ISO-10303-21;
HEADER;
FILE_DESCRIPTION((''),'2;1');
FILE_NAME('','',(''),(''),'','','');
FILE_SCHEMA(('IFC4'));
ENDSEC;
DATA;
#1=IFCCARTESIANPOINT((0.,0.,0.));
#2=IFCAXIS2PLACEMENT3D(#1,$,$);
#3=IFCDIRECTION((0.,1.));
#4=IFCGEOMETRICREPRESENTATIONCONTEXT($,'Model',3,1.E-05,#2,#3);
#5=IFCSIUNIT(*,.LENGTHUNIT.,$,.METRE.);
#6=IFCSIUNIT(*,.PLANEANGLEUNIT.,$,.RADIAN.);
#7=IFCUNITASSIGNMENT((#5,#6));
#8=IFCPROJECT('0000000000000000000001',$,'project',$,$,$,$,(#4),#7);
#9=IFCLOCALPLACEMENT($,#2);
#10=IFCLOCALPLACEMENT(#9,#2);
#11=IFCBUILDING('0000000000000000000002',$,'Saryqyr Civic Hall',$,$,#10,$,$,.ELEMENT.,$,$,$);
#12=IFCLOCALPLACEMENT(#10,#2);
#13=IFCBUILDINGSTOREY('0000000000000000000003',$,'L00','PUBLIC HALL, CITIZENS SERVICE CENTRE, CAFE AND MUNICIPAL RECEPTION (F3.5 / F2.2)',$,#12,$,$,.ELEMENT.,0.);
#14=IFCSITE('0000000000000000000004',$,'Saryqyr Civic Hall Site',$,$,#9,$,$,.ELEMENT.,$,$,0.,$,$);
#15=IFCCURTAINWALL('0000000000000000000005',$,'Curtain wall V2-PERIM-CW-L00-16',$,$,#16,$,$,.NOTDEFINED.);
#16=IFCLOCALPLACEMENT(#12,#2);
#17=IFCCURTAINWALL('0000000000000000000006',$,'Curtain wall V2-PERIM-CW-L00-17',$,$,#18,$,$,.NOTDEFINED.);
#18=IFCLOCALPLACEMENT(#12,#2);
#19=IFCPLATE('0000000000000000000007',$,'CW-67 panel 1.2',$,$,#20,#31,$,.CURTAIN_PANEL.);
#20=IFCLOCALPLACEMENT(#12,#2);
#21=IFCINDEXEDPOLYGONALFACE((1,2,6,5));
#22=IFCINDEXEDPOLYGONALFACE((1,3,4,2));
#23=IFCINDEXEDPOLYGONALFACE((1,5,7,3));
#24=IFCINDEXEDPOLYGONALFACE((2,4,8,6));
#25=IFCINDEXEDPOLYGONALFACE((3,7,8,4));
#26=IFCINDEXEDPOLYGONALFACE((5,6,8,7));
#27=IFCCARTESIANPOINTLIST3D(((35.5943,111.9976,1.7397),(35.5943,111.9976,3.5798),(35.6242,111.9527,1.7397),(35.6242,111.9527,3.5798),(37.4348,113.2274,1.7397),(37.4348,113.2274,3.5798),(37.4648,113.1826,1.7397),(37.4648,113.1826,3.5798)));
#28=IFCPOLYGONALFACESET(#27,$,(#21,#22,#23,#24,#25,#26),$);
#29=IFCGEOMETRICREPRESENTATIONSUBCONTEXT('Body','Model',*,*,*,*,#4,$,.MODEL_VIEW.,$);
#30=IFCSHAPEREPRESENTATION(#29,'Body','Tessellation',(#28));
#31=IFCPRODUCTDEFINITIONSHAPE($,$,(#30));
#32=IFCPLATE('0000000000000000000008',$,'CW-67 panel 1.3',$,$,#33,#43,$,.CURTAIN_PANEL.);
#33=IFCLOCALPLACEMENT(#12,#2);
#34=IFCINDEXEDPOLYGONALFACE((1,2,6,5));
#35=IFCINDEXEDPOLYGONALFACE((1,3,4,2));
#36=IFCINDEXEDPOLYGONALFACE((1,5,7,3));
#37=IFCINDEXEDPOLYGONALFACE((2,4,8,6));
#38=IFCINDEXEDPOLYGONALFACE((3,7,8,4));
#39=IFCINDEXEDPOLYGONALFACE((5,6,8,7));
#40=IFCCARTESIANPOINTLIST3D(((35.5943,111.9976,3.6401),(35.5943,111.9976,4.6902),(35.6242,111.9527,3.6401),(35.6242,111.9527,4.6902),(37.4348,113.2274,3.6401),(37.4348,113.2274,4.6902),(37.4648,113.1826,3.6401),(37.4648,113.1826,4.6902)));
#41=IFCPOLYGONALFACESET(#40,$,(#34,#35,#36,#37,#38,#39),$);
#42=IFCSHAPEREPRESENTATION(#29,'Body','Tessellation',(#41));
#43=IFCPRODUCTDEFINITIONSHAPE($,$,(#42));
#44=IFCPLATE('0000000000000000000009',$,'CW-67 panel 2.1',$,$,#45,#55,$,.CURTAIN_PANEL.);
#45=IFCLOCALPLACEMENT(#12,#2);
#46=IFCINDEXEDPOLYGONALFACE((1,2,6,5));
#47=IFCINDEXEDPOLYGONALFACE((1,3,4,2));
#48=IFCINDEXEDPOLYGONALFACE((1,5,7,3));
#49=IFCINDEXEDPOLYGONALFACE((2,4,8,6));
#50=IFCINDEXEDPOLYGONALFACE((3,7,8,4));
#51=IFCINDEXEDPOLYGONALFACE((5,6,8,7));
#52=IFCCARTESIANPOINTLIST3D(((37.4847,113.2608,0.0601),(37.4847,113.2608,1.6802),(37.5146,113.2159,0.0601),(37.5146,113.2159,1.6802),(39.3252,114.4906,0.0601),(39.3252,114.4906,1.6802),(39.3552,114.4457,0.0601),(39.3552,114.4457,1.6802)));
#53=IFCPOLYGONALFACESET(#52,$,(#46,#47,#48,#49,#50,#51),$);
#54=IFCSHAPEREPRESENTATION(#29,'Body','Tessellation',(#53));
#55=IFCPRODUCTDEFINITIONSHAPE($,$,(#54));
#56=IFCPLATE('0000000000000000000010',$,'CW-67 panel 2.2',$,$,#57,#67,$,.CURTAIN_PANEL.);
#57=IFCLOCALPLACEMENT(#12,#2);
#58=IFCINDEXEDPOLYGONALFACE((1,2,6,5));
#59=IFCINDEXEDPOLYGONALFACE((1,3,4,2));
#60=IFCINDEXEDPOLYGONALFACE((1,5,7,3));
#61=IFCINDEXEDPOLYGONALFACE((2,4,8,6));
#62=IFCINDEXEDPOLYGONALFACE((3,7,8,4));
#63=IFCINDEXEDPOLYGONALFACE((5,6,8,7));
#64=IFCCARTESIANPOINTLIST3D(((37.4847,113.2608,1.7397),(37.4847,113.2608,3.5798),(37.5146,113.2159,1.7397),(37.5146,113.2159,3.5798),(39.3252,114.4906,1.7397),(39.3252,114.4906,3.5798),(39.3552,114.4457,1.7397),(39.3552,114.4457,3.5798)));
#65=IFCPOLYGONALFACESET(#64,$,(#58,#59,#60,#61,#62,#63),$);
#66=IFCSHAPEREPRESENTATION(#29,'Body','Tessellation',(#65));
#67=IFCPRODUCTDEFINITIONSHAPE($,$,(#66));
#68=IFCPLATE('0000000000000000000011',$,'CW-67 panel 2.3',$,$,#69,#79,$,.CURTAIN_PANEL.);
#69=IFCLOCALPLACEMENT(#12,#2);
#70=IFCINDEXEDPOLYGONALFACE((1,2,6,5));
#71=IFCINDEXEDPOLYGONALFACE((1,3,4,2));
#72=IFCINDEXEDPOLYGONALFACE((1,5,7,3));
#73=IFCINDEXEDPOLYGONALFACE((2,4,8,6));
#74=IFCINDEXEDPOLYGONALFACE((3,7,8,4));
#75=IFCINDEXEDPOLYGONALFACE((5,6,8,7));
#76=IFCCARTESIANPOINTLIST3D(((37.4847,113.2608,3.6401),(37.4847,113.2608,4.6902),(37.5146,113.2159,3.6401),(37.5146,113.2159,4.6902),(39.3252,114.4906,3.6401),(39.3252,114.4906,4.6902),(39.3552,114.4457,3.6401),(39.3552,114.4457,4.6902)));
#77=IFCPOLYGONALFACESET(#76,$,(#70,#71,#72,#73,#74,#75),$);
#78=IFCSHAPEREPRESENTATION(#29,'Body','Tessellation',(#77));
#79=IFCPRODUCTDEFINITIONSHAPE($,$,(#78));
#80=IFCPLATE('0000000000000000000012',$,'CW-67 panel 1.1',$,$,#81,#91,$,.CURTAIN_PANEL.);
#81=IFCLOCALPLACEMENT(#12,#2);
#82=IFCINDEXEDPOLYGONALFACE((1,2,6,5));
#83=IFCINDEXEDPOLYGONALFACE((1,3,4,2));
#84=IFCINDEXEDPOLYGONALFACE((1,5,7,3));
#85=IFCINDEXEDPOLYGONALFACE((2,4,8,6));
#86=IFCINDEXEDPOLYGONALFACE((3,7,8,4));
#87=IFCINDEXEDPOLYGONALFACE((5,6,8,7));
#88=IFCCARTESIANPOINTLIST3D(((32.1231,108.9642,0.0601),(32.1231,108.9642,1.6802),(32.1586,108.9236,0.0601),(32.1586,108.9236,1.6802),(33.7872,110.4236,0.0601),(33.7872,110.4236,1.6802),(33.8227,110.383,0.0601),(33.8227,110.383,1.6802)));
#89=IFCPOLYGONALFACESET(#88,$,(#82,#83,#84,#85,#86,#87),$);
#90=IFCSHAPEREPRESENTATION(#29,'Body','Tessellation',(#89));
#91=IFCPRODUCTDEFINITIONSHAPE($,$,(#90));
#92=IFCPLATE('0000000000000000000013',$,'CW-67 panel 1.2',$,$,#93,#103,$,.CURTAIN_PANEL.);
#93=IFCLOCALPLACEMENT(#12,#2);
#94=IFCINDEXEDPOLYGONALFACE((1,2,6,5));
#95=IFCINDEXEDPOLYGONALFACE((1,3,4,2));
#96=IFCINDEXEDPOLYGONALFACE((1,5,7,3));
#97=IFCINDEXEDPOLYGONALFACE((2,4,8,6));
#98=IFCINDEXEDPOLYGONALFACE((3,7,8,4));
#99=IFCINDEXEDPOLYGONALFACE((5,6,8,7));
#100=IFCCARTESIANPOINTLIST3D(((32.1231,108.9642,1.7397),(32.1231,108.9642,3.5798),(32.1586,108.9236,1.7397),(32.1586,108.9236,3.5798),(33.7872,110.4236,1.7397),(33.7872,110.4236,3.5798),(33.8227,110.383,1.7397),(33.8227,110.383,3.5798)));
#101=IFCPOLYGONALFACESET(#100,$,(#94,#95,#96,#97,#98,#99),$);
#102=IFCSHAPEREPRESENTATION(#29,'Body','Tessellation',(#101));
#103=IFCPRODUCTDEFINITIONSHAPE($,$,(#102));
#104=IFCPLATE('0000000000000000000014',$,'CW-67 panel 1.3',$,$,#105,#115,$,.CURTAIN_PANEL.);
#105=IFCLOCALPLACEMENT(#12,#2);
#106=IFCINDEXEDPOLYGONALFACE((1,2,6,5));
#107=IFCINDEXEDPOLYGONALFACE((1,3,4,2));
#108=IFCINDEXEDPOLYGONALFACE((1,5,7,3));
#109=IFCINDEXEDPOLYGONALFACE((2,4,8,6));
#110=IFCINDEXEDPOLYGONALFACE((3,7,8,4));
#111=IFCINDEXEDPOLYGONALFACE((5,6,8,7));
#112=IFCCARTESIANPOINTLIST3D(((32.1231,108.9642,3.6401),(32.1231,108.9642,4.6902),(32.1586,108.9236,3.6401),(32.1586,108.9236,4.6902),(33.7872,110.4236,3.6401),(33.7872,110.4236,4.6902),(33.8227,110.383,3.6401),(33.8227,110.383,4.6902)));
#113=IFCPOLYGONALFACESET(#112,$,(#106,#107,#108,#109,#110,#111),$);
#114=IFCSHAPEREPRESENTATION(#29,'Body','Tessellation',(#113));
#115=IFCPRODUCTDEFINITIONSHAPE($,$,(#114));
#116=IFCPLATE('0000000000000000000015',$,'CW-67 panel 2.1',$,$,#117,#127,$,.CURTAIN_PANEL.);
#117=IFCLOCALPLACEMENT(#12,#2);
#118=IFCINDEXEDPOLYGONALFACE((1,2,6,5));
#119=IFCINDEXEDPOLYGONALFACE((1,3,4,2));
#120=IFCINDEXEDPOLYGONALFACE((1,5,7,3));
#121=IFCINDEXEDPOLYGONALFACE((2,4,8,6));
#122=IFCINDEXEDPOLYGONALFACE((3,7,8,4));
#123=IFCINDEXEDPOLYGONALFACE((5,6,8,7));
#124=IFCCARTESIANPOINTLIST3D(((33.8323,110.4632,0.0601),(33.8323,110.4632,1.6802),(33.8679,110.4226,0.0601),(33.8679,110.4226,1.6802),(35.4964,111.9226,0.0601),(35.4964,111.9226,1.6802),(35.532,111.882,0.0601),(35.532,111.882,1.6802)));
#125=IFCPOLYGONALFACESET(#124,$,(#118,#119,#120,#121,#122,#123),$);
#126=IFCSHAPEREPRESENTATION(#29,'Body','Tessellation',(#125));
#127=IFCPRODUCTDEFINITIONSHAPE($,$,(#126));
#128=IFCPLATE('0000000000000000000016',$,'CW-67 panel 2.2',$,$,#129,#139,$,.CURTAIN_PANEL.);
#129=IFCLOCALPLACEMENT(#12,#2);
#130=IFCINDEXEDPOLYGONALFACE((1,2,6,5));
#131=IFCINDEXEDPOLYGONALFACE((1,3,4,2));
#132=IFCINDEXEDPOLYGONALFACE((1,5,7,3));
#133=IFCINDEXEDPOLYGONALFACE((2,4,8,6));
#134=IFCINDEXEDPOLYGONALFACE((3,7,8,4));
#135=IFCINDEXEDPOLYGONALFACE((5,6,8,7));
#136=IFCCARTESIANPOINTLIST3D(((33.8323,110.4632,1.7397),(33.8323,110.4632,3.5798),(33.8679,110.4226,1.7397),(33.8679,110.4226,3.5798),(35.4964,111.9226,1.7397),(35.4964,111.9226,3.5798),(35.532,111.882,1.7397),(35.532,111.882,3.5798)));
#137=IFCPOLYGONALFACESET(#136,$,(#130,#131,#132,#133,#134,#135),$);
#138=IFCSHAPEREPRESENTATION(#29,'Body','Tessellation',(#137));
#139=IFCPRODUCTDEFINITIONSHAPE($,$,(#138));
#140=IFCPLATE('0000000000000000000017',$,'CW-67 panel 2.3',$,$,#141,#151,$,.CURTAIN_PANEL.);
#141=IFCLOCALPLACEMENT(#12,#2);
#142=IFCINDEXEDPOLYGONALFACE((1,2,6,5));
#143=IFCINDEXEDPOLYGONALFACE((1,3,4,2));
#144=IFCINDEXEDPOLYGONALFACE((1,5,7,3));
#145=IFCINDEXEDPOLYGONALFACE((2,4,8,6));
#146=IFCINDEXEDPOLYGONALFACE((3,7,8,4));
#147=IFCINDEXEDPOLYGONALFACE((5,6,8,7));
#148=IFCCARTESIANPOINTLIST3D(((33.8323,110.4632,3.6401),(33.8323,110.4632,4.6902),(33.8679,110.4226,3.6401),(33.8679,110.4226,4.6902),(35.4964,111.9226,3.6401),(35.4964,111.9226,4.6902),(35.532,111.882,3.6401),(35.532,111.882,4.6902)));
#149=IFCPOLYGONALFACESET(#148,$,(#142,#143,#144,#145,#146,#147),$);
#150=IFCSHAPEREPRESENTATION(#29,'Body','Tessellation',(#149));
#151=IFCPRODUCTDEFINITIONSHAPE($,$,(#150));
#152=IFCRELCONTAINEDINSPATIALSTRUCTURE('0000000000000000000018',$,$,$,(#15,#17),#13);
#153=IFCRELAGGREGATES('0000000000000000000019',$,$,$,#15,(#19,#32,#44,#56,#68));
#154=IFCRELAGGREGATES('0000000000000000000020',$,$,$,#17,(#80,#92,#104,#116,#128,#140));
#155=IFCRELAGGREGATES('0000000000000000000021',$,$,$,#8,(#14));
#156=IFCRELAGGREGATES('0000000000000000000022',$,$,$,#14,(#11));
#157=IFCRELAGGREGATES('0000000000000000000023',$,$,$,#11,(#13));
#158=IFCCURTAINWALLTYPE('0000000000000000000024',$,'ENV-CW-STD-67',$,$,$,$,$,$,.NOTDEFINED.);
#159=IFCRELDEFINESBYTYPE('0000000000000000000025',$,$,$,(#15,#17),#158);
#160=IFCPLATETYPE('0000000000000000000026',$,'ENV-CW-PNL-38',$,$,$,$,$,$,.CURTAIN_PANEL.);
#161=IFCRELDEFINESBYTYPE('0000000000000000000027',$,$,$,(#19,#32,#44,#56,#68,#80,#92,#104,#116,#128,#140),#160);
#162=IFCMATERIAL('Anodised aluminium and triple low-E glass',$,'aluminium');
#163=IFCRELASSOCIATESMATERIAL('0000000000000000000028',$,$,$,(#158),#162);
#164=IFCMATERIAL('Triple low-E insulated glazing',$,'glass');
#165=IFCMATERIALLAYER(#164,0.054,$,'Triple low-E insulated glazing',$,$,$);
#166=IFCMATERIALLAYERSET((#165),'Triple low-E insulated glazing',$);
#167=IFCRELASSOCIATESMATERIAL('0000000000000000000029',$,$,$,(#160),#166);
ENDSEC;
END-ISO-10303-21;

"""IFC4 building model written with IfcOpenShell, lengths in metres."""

from ifc_helpers import new_model, si_unit, direction, frame, origin, origin_2d, place, context, subcontext, project, spatial, rectangle, extrude, material, layer, layer_set, type_object, element, aggregate, save


model = new_model("IFC4")

# Units and contexts
model_context = context("Model", 3, precision=1e-05, world=origin(), true_north=direction((0.0, 1.0)))
body_context = subcontext(model_context, "Body", "Model", "MODEL_VIEW")
ifc_project = project(units=[si_unit("LENGTHUNIT", "METRE"), si_unit("PLANEANGLEUNIT", "RADIAN")], contexts=[model_context])

# Site, building, storey
site_placement = place(None, origin())
site = spatial("IfcSite", under=ifc_project, at=site_placement, Name="Saryqyr Civic Hall Site", CompositionType="ELEMENT", RefElevation=0.0)
building_placement = place(site_placement, origin())
building = spatial("IfcBuilding", under=site, at=building_placement, Name="Saryqyr Civic Hall", CompositionType="ELEMENT")
storey_placement = place(building_placement, origin())
storey = spatial("IfcBuildingStorey", under=building, at=storey_placement, Name="L00", Description="PUBLIC HALL, CITIZENS SERVICE CENTRE, CAFE AND MUNICIPAL RECEPTION (F3.5 / F2.2)", CompositionType="ELEMENT", Elevation=0.0)

# Shared definitions
ifc_material_1 = material(Name="Anodised aluminium and triple low-E glass", Category="aluminium")
curtain_wall_type_1 = type_object("IfcCurtainWallType", Name="ENV-CW-STD-67", PredefinedType="NOTDEFINED", material=ifc_material_1)

# Curtain walls
curtain_wall_1_placement = place(storey_placement, origin())
curtain_wall_1 = element("IfcCurtainWall", 1, at=curtain_wall_1_placement, inside=storey, type_object=curtain_wall_type_1, Name="Curtain wall V2-PERIM-CW-L00-16", PredefinedType="NOTDEFINED")
curtain_wall_2_placement = place(storey_placement, origin())
curtain_wall_2 = element("IfcCurtainWall", 2, at=curtain_wall_2_placement, inside=storey, type_object=curtain_wall_type_1, Name="Curtain wall V2-PERIM-CW-L00-17", PredefinedType="NOTDEFINED")

# Plates
ifc_material_2 = material(Name="Triple low-E insulated glazing", Category="glass")
ifc_layer = layer(ifc_material_2, 0.054, Name="Triple low-E insulated glazing")
ifc_layer_set = layer_set([ifc_layer], Name="Triple low-E insulated glazing")
plate_type = type_object("IfcPlateType", Name="ENV-CW-PNL-38", PredefinedType="CURTAIN_PANEL", material=ifc_layer_set)
plate_1_placement = place(storey_placement, frame((36.5295, 112.5901, 1.7397), z_axis=(0.0, 0.0, 1.0), x_axis=(0.831472, 0.555566, 0.0)))
plate_1 = element("IfcPlate", 3, at=plate_1_placement, type_object=plate_type, Name="CW-67 panel 1.2", PredefinedType="CURTAIN_PANEL", context=body_context, shape_type="SweptSolid", body=[
    extrude(rectangle(XDim=2.2136, YDim=0.054, at=origin_2d()), origin(), (0.0, 0.0, 1.0), 1.8401),
])
plate_2_placement = place(storey_placement, frame((36.5295, 112.5901, 3.6401), z_axis=(0.0, 0.0, 1.0), x_axis=(0.831472, 0.555566, 0.0)))
plate_2 = element("IfcPlate", 4, at=plate_2_placement, type_object=plate_type, Name="CW-67 panel 1.3", PredefinedType="CURTAIN_PANEL", context=body_context, shape_type="SweptSolid", body=[
    extrude(rectangle(XDim=2.2136, YDim=0.054, at=origin_2d()), origin(), (0.0, 0.0, 1.0), 1.05),
])
plate_3_placement = place(storey_placement, frame((38.4199, 113.8533, 0.0601), z_axis=(0.0, 0.0, 1.0), x_axis=(0.831472, 0.555566, 0.0)))
plate_3 = element("IfcPlate", 5, at=plate_3_placement, type_object=plate_type, Name="CW-67 panel 2.1", PredefinedType="CURTAIN_PANEL", context=body_context, shape_type="SweptSolid", body=[
    extrude(rectangle(XDim=2.2136, YDim=0.054, at=origin_2d()), origin(), (0.0, 0.0, 1.0), 1.6201),
])
plate_4_placement = place(storey_placement, frame((38.4199, 113.8533, 1.7397), z_axis=(0.0, 0.0, 1.0), x_axis=(0.831472, 0.555566, 0.0)))
plate_4 = element("IfcPlate", 6, at=plate_4_placement, type_object=plate_type, Name="CW-67 panel 2.2", PredefinedType="CURTAIN_PANEL", context=body_context, shape_type="SweptSolid", body=[
    extrude(rectangle(XDim=2.2136, YDim=0.054, at=origin_2d()), origin(), (0.0, 0.0, 1.0), 1.8401),
])
plate_5_placement = place(storey_placement, frame((38.4199, 113.8533, 3.6401), z_axis=(0.0, 0.0, 1.0), x_axis=(0.831472, 0.555566, 0.0)))
plate_5 = element("IfcPlate", 7, at=plate_5_placement, type_object=plate_type, Name="CW-67 panel 2.3", PredefinedType="CURTAIN_PANEL", context=body_context, shape_type="SweptSolid", body=[
    extrude(rectangle(XDim=2.2136, YDim=0.054, at=origin_2d()), origin(), (0.0, 0.0, 1.0), 1.05),
])
aggregate(curtain_wall_1, [plate_1, plate_2, plate_3, plate_4, plate_5])
plate_6_placement = place(storey_placement, frame((32.9729, 109.6736, 0.0601), z_axis=(0.0, 0.0, 1.0), x_axis=(0.751838, 0.659348, 0.0)))
plate_6 = element("IfcPlate", 8, at=plate_6_placement, type_object=plate_type, Name="CW-67 panel 1.1", PredefinedType="CURTAIN_PANEL", context=body_context, shape_type="SweptSolid", body=[
    extrude(rectangle(XDim=2.2134, YDim=0.054, at=origin_2d()), origin(), (0.0, 0.0, 1.0), 1.6201),
])
plate_7_placement = place(storey_placement, frame((32.9729, 109.6736, 1.7397), z_axis=(0.0, 0.0, 1.0), x_axis=(0.751838, 0.659348, 0.0)))
plate_7 = element("IfcPlate", 9, at=plate_7_placement, type_object=plate_type, Name="CW-67 panel 1.2", PredefinedType="CURTAIN_PANEL", context=body_context, shape_type="SweptSolid", body=[
    extrude(rectangle(XDim=2.2134, YDim=0.054, at=origin_2d()), origin(), (0.0, 0.0, 1.0), 1.8401),
])
plate_8_placement = place(storey_placement, frame((32.9729, 109.6736, 3.6401), z_axis=(0.0, 0.0, 1.0), x_axis=(0.751838, 0.659348, 0.0)))
plate_8 = element("IfcPlate", 10, at=plate_8_placement, type_object=plate_type, Name="CW-67 panel 1.3", PredefinedType="CURTAIN_PANEL", context=body_context, shape_type="SweptSolid", body=[
    extrude(rectangle(XDim=2.2134, YDim=0.054, at=origin_2d()), origin(), (0.0, 0.0, 1.0), 1.05),
])
plate_9_placement = place(storey_placement, frame((34.6821, 111.1726, 0.0601), z_axis=(0.0, 0.0, 1.0), x_axis=(0.751838, 0.659348, 0.0)))
plate_9 = element("IfcPlate", 11, at=plate_9_placement, type_object=plate_type, Name="CW-67 panel 2.1", PredefinedType="CURTAIN_PANEL", context=body_context, shape_type="SweptSolid", body=[
    extrude(rectangle(XDim=2.2134, YDim=0.054, at=origin_2d()), origin(), (0.0, 0.0, 1.0), 1.6201),
])
plate_10_placement = place(storey_placement, frame((34.6821, 111.1726, 1.7397), z_axis=(0.0, 0.0, 1.0), x_axis=(0.751838, 0.659348, 0.0)))
plate_10 = element("IfcPlate", 12, at=plate_10_placement, type_object=plate_type, Name="CW-67 panel 2.2", PredefinedType="CURTAIN_PANEL", context=body_context, shape_type="SweptSolid", body=[
    extrude(rectangle(XDim=2.2134, YDim=0.054, at=origin_2d()), origin(), (0.0, 0.0, 1.0), 1.8401),
])
plate_11_placement = place(storey_placement, frame((34.6821, 111.1726, 3.6401), z_axis=(0.0, 0.0, 1.0), x_axis=(0.751838, 0.659348, 0.0)))
plate_11 = element("IfcPlate", 13, at=plate_11_placement, type_object=plate_type, Name="CW-67 panel 2.3", PredefinedType="CURTAIN_PANEL", context=body_context, shape_type="SweptSolid", body=[
    extrude(rectangle(XDim=2.2134, YDim=0.054, at=origin_2d()), origin(), (0.0, 0.0, 1.0), 1.05),
])
aggregate(curtain_wall_2, [plate_6, plate_7, plate_8, plate_9, plate_10, plate_11])

save(model, "model.ifc")
